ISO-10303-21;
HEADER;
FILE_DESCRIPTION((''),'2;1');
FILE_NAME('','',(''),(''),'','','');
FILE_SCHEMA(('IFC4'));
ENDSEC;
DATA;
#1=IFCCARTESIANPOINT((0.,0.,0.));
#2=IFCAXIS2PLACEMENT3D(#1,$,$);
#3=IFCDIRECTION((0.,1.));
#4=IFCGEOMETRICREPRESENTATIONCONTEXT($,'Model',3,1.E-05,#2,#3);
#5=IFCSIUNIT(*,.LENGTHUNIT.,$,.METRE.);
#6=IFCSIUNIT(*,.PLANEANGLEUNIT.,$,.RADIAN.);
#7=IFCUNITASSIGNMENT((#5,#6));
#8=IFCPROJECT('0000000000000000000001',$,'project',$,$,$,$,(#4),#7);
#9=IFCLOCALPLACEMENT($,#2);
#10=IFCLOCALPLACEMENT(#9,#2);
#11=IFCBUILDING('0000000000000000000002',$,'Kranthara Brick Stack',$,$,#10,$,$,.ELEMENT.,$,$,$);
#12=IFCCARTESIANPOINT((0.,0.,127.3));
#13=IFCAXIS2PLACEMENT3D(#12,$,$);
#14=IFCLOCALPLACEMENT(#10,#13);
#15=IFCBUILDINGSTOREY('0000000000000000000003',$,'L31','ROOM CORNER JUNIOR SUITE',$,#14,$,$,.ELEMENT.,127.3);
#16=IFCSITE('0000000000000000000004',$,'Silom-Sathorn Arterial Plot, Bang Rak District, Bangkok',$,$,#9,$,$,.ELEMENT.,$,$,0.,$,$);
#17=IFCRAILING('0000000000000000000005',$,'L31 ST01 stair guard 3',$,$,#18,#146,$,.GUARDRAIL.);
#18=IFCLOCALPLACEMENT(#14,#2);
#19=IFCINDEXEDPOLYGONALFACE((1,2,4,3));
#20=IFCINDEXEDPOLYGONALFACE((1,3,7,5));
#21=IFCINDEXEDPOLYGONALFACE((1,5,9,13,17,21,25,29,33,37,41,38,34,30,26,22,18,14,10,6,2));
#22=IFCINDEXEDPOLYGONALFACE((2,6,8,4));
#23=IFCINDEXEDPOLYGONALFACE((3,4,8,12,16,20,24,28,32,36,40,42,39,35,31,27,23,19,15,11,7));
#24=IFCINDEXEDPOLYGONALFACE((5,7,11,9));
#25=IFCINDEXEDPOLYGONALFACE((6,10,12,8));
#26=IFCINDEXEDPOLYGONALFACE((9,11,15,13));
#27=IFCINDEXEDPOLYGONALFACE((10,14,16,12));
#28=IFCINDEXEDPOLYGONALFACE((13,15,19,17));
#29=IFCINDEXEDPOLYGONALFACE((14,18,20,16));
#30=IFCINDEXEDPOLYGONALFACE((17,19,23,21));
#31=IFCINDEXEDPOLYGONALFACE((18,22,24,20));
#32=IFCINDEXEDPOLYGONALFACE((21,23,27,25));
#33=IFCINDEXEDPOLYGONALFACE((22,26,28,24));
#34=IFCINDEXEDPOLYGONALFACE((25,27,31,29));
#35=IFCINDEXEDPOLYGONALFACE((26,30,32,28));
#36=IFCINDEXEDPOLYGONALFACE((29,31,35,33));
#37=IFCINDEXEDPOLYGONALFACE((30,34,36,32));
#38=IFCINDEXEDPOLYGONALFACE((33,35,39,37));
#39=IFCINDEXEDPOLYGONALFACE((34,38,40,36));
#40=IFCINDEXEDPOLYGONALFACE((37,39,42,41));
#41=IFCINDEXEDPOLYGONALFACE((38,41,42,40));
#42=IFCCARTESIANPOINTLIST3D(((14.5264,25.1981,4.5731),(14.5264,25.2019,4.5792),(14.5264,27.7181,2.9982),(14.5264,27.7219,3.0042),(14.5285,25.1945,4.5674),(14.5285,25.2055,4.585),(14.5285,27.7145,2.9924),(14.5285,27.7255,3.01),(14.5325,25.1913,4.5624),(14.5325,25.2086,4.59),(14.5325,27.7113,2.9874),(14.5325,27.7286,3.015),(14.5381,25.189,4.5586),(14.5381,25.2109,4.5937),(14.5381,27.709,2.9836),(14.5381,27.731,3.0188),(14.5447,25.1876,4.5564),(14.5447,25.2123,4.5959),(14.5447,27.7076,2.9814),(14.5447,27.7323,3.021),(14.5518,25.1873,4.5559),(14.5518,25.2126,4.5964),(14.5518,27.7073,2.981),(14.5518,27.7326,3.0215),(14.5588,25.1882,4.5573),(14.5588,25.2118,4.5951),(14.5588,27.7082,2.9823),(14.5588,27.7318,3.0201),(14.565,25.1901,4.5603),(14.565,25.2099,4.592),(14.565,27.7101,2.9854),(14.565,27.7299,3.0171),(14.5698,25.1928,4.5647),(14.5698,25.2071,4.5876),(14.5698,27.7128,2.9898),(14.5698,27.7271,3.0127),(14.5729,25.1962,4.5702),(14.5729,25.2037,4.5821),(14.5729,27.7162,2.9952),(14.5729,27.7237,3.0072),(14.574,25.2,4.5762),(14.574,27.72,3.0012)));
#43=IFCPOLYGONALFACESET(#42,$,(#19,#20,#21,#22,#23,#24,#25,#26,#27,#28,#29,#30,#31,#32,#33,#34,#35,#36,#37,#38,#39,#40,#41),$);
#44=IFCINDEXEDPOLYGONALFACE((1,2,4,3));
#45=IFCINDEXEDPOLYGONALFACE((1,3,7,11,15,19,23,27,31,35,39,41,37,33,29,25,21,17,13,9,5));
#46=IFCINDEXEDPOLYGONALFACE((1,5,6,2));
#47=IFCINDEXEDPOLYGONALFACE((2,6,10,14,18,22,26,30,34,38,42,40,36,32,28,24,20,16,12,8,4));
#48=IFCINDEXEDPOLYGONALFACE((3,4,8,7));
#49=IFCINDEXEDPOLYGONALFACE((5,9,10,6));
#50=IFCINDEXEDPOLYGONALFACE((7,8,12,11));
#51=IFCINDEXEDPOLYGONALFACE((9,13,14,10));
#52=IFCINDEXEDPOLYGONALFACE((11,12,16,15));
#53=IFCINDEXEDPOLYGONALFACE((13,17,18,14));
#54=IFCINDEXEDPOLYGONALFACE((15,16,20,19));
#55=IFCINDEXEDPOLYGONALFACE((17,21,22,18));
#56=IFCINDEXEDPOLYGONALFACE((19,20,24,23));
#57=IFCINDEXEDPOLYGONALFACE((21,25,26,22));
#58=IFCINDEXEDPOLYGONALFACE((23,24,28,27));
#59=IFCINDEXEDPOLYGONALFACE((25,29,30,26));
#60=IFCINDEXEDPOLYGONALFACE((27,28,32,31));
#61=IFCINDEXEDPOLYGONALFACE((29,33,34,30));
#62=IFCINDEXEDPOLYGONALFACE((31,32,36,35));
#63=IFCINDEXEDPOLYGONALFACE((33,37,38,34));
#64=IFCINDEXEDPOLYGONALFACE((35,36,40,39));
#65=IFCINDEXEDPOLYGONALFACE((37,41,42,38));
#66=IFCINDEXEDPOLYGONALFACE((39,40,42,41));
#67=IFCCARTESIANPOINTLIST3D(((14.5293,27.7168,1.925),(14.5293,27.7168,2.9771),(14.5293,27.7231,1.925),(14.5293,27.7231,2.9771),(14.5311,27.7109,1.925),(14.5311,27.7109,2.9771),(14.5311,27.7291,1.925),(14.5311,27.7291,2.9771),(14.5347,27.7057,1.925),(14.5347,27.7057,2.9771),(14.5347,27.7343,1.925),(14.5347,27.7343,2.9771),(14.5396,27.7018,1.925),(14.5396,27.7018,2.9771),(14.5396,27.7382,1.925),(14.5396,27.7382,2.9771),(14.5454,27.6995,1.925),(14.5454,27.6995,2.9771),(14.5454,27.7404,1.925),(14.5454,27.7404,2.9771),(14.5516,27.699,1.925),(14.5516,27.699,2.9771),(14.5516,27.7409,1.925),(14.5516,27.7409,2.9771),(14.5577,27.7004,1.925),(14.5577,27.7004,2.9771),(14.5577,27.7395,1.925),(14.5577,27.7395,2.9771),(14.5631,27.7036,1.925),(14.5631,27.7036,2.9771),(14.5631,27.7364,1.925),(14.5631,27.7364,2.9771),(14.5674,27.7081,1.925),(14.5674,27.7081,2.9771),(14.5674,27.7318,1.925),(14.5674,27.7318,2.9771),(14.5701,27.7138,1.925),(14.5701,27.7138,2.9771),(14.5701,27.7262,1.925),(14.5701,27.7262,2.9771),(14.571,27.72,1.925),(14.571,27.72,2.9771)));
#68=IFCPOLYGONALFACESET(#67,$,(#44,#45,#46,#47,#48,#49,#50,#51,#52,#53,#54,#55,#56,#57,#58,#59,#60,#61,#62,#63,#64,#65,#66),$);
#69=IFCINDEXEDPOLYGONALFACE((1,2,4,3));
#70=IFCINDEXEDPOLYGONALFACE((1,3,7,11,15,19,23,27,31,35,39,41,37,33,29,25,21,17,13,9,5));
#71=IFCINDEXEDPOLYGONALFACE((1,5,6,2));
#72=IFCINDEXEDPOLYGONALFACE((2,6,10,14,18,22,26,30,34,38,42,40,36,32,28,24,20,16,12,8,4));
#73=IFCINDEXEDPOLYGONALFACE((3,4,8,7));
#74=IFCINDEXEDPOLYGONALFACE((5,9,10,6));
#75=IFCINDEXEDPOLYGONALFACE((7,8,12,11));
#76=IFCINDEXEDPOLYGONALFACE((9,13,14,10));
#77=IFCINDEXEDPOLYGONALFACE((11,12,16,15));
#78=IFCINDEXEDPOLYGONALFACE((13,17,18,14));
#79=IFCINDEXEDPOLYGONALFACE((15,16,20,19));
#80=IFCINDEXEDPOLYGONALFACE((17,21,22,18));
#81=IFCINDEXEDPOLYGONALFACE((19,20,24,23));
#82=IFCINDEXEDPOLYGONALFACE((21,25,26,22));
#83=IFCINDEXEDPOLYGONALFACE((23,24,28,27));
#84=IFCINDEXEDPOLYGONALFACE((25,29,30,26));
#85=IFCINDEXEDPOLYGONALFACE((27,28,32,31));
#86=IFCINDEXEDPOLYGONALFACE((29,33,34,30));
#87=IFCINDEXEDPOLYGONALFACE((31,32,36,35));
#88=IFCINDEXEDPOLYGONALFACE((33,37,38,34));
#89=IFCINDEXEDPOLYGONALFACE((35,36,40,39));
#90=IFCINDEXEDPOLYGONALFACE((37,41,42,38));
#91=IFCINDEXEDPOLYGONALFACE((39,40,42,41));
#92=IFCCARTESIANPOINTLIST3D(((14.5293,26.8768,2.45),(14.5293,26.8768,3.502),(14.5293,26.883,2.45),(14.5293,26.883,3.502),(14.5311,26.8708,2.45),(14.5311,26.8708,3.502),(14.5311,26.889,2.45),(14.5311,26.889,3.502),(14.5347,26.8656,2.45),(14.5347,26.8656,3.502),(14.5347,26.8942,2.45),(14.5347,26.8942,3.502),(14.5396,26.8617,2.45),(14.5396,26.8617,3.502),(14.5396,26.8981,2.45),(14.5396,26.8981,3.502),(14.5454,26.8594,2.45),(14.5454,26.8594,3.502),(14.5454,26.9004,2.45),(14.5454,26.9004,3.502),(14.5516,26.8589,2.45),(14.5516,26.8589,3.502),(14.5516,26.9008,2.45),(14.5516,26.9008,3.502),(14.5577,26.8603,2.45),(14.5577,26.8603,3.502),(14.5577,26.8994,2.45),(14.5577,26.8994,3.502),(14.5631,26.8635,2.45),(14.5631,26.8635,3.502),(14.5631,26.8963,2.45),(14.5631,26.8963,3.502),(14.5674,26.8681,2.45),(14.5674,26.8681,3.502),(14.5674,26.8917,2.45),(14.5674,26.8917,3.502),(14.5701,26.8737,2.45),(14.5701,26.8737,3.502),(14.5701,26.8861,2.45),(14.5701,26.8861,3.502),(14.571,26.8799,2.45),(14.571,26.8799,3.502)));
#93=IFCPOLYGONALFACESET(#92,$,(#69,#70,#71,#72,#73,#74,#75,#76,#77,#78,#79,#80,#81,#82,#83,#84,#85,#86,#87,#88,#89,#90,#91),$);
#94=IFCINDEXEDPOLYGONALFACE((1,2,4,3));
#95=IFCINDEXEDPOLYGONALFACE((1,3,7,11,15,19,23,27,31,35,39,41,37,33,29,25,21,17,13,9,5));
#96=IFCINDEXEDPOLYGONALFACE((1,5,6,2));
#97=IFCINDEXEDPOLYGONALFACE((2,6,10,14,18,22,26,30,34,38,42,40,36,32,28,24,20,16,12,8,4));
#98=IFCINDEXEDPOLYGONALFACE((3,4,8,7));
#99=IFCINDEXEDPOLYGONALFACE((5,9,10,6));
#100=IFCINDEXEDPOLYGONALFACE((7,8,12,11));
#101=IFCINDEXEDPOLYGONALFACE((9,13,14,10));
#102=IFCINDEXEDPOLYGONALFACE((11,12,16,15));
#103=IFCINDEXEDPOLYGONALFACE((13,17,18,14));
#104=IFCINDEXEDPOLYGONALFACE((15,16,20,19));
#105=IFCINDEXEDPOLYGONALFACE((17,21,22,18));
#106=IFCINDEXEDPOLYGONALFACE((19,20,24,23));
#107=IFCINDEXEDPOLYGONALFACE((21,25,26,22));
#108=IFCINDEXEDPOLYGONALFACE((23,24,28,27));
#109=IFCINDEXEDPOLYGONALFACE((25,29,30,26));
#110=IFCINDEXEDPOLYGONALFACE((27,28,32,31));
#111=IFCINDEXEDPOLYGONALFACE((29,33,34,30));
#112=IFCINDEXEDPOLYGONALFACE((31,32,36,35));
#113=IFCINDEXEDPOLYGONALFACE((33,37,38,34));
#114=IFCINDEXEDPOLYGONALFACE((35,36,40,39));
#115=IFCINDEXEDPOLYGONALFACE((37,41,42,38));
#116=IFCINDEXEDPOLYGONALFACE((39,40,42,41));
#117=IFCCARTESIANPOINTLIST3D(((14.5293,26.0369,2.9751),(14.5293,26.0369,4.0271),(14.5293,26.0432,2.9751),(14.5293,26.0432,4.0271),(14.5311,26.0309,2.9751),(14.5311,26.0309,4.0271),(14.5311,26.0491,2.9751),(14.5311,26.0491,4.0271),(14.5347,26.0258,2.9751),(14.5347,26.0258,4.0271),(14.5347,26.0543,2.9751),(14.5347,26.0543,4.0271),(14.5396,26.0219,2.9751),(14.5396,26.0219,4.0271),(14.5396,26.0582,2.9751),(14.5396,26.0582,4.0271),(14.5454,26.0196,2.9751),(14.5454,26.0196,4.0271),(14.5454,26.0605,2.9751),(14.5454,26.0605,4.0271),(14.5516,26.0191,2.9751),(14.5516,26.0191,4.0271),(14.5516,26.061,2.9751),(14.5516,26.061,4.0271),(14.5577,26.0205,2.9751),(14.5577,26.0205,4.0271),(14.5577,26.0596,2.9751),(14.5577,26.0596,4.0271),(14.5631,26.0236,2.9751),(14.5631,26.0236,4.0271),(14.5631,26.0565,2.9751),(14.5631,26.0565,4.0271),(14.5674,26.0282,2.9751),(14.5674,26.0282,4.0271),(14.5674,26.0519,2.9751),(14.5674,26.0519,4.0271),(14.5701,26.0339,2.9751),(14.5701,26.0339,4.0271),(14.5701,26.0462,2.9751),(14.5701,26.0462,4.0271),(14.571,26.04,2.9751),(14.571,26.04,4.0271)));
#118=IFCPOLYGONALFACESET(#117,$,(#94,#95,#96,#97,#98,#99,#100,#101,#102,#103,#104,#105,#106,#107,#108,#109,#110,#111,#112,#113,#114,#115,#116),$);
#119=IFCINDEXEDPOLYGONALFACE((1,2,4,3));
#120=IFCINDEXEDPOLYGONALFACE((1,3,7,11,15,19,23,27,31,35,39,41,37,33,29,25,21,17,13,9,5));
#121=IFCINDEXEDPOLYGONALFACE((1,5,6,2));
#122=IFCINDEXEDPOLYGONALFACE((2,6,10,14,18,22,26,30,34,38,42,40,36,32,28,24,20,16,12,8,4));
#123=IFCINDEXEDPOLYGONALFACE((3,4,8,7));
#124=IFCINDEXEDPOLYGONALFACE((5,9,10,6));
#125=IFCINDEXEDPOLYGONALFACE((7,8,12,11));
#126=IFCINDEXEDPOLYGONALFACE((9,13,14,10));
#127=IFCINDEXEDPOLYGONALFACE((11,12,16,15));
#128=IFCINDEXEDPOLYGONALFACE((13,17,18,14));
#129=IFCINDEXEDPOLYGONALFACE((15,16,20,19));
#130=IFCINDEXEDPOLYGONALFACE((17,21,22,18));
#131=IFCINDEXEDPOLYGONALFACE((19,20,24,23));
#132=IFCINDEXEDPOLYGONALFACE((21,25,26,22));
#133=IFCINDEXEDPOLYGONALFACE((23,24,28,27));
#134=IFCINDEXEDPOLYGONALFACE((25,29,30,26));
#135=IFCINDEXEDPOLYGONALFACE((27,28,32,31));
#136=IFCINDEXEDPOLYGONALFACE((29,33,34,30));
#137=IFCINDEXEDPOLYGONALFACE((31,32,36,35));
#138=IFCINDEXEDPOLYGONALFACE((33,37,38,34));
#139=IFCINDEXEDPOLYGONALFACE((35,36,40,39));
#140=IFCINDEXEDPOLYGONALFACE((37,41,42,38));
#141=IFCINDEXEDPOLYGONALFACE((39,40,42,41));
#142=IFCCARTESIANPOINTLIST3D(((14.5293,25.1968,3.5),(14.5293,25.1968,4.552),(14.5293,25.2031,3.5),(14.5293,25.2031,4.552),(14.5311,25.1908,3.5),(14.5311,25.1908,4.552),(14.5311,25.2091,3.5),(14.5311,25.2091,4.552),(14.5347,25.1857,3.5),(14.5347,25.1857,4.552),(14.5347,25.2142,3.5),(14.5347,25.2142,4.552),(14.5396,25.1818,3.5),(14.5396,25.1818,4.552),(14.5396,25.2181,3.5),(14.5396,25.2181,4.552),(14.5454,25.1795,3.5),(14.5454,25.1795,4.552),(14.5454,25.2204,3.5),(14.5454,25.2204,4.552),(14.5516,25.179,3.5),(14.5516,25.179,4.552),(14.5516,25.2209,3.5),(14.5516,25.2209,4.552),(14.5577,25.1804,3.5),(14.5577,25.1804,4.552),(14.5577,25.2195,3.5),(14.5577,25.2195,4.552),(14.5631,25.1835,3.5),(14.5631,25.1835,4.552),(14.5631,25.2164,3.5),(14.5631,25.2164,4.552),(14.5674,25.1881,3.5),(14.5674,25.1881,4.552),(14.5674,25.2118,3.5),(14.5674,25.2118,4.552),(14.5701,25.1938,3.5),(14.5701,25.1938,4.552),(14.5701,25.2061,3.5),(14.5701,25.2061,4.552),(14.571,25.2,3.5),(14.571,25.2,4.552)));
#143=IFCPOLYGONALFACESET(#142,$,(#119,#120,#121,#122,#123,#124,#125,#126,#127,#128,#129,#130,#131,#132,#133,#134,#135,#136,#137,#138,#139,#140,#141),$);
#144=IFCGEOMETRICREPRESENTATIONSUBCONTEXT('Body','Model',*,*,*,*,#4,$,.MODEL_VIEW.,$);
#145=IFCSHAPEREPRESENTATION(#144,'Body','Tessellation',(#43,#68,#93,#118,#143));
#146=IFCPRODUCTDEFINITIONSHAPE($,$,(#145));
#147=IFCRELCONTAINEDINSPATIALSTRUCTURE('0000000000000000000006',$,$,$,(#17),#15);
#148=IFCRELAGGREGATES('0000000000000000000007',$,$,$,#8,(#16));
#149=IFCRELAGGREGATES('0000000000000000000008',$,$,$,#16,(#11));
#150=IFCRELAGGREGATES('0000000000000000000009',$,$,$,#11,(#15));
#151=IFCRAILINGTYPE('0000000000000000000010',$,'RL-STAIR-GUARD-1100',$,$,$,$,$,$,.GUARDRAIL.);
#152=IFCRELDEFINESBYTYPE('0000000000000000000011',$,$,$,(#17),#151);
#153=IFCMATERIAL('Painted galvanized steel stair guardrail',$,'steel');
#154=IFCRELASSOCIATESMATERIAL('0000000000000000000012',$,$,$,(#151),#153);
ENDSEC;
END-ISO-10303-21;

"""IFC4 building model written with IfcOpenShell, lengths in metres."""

from ifc_helpers import new_model, si_unit, direction, frame, origin, origin_2d, place, context, subcontext, project, spatial, circle, extrude, material, type_object, element, save


model = new_model("IFC4")

# Units and contexts
model_context = context("Model", 3, precision=1e-05, world=origin(), true_north=direction((0.0, 1.0)))
body_context = subcontext(model_context, "Body", "Model", "MODEL_VIEW")
ifc_project = project(units=[si_unit("LENGTHUNIT", "METRE"), si_unit("PLANEANGLEUNIT", "RADIAN")], contexts=[model_context])

# Site, building, storey
site_placement = place(None, origin())
site = spatial("IfcSite", under=ifc_project, at=site_placement, Name="Silom-Sathorn Arterial Plot, Bang Rak District, Bangkok", CompositionType="ELEMENT", RefElevation=0.0)
building_placement = place(site_placement, origin())
building = spatial("IfcBuilding", under=site, at=building_placement, Name="Kranthara Brick Stack", CompositionType="ELEMENT")
storey_placement = place(building_placement, frame((0.0, 0.0, 127.3)))
storey = spatial("IfcBuildingStorey", under=building, at=storey_placement, Name="L31", Description="ROOM CORNER JUNIOR SUITE", CompositionType="ELEMENT", Elevation=127.3)

# Railing
ifc_material_1 = material(Name="Painted galvanized steel stair guardrail", Category="steel")
railing_type_1 = type_object("IfcRailingType", Name="RL-STAIR-GUARD-1100", PredefinedType="GUARDRAIL", material=ifc_material_1)
railing_1_placement = place(storey_placement, frame((14.55, 27.72, 1.925)))
element("IfcRailing", 1, at=railing_1_placement, inside=storey, type_object=railing_type_1, Name="L31 ST01 stair guard 3", PredefinedType="GUARDRAIL", context=body_context, shape_type="SweptSolid", body=[
    extrude(circle(Radius=0.0239, at=origin_2d()), frame((0.0, 0.0, 1.0762), z_axis=(0.0, -0.848008, 0.529984), x_axis=(1.0, 0.0, 0.0)), (0.0, 0.0, 1.0), 2.9717),
    extrude(circle(Radius=0.021, at=origin_2d()), origin(), (0.0, 0.0, 1.0), 1.052),
    extrude(circle(Radius=0.021, at=origin_2d()), frame((0.0, -0.8401, 0.5249)), (0.0, 0.0, 1.0), 1.052),
    extrude(circle(Radius=0.021, at=origin_2d()), frame((0.0, -1.6799, 1.05)), (0.0, 0.0, 1.0), 1.052),
    extrude(circle(Radius=0.021, at=origin_2d()), frame((0.0, -2.52, 1.575)), (0.0, 0.0, 1.0), 1.052),
])

save(model, "model.ifc")
